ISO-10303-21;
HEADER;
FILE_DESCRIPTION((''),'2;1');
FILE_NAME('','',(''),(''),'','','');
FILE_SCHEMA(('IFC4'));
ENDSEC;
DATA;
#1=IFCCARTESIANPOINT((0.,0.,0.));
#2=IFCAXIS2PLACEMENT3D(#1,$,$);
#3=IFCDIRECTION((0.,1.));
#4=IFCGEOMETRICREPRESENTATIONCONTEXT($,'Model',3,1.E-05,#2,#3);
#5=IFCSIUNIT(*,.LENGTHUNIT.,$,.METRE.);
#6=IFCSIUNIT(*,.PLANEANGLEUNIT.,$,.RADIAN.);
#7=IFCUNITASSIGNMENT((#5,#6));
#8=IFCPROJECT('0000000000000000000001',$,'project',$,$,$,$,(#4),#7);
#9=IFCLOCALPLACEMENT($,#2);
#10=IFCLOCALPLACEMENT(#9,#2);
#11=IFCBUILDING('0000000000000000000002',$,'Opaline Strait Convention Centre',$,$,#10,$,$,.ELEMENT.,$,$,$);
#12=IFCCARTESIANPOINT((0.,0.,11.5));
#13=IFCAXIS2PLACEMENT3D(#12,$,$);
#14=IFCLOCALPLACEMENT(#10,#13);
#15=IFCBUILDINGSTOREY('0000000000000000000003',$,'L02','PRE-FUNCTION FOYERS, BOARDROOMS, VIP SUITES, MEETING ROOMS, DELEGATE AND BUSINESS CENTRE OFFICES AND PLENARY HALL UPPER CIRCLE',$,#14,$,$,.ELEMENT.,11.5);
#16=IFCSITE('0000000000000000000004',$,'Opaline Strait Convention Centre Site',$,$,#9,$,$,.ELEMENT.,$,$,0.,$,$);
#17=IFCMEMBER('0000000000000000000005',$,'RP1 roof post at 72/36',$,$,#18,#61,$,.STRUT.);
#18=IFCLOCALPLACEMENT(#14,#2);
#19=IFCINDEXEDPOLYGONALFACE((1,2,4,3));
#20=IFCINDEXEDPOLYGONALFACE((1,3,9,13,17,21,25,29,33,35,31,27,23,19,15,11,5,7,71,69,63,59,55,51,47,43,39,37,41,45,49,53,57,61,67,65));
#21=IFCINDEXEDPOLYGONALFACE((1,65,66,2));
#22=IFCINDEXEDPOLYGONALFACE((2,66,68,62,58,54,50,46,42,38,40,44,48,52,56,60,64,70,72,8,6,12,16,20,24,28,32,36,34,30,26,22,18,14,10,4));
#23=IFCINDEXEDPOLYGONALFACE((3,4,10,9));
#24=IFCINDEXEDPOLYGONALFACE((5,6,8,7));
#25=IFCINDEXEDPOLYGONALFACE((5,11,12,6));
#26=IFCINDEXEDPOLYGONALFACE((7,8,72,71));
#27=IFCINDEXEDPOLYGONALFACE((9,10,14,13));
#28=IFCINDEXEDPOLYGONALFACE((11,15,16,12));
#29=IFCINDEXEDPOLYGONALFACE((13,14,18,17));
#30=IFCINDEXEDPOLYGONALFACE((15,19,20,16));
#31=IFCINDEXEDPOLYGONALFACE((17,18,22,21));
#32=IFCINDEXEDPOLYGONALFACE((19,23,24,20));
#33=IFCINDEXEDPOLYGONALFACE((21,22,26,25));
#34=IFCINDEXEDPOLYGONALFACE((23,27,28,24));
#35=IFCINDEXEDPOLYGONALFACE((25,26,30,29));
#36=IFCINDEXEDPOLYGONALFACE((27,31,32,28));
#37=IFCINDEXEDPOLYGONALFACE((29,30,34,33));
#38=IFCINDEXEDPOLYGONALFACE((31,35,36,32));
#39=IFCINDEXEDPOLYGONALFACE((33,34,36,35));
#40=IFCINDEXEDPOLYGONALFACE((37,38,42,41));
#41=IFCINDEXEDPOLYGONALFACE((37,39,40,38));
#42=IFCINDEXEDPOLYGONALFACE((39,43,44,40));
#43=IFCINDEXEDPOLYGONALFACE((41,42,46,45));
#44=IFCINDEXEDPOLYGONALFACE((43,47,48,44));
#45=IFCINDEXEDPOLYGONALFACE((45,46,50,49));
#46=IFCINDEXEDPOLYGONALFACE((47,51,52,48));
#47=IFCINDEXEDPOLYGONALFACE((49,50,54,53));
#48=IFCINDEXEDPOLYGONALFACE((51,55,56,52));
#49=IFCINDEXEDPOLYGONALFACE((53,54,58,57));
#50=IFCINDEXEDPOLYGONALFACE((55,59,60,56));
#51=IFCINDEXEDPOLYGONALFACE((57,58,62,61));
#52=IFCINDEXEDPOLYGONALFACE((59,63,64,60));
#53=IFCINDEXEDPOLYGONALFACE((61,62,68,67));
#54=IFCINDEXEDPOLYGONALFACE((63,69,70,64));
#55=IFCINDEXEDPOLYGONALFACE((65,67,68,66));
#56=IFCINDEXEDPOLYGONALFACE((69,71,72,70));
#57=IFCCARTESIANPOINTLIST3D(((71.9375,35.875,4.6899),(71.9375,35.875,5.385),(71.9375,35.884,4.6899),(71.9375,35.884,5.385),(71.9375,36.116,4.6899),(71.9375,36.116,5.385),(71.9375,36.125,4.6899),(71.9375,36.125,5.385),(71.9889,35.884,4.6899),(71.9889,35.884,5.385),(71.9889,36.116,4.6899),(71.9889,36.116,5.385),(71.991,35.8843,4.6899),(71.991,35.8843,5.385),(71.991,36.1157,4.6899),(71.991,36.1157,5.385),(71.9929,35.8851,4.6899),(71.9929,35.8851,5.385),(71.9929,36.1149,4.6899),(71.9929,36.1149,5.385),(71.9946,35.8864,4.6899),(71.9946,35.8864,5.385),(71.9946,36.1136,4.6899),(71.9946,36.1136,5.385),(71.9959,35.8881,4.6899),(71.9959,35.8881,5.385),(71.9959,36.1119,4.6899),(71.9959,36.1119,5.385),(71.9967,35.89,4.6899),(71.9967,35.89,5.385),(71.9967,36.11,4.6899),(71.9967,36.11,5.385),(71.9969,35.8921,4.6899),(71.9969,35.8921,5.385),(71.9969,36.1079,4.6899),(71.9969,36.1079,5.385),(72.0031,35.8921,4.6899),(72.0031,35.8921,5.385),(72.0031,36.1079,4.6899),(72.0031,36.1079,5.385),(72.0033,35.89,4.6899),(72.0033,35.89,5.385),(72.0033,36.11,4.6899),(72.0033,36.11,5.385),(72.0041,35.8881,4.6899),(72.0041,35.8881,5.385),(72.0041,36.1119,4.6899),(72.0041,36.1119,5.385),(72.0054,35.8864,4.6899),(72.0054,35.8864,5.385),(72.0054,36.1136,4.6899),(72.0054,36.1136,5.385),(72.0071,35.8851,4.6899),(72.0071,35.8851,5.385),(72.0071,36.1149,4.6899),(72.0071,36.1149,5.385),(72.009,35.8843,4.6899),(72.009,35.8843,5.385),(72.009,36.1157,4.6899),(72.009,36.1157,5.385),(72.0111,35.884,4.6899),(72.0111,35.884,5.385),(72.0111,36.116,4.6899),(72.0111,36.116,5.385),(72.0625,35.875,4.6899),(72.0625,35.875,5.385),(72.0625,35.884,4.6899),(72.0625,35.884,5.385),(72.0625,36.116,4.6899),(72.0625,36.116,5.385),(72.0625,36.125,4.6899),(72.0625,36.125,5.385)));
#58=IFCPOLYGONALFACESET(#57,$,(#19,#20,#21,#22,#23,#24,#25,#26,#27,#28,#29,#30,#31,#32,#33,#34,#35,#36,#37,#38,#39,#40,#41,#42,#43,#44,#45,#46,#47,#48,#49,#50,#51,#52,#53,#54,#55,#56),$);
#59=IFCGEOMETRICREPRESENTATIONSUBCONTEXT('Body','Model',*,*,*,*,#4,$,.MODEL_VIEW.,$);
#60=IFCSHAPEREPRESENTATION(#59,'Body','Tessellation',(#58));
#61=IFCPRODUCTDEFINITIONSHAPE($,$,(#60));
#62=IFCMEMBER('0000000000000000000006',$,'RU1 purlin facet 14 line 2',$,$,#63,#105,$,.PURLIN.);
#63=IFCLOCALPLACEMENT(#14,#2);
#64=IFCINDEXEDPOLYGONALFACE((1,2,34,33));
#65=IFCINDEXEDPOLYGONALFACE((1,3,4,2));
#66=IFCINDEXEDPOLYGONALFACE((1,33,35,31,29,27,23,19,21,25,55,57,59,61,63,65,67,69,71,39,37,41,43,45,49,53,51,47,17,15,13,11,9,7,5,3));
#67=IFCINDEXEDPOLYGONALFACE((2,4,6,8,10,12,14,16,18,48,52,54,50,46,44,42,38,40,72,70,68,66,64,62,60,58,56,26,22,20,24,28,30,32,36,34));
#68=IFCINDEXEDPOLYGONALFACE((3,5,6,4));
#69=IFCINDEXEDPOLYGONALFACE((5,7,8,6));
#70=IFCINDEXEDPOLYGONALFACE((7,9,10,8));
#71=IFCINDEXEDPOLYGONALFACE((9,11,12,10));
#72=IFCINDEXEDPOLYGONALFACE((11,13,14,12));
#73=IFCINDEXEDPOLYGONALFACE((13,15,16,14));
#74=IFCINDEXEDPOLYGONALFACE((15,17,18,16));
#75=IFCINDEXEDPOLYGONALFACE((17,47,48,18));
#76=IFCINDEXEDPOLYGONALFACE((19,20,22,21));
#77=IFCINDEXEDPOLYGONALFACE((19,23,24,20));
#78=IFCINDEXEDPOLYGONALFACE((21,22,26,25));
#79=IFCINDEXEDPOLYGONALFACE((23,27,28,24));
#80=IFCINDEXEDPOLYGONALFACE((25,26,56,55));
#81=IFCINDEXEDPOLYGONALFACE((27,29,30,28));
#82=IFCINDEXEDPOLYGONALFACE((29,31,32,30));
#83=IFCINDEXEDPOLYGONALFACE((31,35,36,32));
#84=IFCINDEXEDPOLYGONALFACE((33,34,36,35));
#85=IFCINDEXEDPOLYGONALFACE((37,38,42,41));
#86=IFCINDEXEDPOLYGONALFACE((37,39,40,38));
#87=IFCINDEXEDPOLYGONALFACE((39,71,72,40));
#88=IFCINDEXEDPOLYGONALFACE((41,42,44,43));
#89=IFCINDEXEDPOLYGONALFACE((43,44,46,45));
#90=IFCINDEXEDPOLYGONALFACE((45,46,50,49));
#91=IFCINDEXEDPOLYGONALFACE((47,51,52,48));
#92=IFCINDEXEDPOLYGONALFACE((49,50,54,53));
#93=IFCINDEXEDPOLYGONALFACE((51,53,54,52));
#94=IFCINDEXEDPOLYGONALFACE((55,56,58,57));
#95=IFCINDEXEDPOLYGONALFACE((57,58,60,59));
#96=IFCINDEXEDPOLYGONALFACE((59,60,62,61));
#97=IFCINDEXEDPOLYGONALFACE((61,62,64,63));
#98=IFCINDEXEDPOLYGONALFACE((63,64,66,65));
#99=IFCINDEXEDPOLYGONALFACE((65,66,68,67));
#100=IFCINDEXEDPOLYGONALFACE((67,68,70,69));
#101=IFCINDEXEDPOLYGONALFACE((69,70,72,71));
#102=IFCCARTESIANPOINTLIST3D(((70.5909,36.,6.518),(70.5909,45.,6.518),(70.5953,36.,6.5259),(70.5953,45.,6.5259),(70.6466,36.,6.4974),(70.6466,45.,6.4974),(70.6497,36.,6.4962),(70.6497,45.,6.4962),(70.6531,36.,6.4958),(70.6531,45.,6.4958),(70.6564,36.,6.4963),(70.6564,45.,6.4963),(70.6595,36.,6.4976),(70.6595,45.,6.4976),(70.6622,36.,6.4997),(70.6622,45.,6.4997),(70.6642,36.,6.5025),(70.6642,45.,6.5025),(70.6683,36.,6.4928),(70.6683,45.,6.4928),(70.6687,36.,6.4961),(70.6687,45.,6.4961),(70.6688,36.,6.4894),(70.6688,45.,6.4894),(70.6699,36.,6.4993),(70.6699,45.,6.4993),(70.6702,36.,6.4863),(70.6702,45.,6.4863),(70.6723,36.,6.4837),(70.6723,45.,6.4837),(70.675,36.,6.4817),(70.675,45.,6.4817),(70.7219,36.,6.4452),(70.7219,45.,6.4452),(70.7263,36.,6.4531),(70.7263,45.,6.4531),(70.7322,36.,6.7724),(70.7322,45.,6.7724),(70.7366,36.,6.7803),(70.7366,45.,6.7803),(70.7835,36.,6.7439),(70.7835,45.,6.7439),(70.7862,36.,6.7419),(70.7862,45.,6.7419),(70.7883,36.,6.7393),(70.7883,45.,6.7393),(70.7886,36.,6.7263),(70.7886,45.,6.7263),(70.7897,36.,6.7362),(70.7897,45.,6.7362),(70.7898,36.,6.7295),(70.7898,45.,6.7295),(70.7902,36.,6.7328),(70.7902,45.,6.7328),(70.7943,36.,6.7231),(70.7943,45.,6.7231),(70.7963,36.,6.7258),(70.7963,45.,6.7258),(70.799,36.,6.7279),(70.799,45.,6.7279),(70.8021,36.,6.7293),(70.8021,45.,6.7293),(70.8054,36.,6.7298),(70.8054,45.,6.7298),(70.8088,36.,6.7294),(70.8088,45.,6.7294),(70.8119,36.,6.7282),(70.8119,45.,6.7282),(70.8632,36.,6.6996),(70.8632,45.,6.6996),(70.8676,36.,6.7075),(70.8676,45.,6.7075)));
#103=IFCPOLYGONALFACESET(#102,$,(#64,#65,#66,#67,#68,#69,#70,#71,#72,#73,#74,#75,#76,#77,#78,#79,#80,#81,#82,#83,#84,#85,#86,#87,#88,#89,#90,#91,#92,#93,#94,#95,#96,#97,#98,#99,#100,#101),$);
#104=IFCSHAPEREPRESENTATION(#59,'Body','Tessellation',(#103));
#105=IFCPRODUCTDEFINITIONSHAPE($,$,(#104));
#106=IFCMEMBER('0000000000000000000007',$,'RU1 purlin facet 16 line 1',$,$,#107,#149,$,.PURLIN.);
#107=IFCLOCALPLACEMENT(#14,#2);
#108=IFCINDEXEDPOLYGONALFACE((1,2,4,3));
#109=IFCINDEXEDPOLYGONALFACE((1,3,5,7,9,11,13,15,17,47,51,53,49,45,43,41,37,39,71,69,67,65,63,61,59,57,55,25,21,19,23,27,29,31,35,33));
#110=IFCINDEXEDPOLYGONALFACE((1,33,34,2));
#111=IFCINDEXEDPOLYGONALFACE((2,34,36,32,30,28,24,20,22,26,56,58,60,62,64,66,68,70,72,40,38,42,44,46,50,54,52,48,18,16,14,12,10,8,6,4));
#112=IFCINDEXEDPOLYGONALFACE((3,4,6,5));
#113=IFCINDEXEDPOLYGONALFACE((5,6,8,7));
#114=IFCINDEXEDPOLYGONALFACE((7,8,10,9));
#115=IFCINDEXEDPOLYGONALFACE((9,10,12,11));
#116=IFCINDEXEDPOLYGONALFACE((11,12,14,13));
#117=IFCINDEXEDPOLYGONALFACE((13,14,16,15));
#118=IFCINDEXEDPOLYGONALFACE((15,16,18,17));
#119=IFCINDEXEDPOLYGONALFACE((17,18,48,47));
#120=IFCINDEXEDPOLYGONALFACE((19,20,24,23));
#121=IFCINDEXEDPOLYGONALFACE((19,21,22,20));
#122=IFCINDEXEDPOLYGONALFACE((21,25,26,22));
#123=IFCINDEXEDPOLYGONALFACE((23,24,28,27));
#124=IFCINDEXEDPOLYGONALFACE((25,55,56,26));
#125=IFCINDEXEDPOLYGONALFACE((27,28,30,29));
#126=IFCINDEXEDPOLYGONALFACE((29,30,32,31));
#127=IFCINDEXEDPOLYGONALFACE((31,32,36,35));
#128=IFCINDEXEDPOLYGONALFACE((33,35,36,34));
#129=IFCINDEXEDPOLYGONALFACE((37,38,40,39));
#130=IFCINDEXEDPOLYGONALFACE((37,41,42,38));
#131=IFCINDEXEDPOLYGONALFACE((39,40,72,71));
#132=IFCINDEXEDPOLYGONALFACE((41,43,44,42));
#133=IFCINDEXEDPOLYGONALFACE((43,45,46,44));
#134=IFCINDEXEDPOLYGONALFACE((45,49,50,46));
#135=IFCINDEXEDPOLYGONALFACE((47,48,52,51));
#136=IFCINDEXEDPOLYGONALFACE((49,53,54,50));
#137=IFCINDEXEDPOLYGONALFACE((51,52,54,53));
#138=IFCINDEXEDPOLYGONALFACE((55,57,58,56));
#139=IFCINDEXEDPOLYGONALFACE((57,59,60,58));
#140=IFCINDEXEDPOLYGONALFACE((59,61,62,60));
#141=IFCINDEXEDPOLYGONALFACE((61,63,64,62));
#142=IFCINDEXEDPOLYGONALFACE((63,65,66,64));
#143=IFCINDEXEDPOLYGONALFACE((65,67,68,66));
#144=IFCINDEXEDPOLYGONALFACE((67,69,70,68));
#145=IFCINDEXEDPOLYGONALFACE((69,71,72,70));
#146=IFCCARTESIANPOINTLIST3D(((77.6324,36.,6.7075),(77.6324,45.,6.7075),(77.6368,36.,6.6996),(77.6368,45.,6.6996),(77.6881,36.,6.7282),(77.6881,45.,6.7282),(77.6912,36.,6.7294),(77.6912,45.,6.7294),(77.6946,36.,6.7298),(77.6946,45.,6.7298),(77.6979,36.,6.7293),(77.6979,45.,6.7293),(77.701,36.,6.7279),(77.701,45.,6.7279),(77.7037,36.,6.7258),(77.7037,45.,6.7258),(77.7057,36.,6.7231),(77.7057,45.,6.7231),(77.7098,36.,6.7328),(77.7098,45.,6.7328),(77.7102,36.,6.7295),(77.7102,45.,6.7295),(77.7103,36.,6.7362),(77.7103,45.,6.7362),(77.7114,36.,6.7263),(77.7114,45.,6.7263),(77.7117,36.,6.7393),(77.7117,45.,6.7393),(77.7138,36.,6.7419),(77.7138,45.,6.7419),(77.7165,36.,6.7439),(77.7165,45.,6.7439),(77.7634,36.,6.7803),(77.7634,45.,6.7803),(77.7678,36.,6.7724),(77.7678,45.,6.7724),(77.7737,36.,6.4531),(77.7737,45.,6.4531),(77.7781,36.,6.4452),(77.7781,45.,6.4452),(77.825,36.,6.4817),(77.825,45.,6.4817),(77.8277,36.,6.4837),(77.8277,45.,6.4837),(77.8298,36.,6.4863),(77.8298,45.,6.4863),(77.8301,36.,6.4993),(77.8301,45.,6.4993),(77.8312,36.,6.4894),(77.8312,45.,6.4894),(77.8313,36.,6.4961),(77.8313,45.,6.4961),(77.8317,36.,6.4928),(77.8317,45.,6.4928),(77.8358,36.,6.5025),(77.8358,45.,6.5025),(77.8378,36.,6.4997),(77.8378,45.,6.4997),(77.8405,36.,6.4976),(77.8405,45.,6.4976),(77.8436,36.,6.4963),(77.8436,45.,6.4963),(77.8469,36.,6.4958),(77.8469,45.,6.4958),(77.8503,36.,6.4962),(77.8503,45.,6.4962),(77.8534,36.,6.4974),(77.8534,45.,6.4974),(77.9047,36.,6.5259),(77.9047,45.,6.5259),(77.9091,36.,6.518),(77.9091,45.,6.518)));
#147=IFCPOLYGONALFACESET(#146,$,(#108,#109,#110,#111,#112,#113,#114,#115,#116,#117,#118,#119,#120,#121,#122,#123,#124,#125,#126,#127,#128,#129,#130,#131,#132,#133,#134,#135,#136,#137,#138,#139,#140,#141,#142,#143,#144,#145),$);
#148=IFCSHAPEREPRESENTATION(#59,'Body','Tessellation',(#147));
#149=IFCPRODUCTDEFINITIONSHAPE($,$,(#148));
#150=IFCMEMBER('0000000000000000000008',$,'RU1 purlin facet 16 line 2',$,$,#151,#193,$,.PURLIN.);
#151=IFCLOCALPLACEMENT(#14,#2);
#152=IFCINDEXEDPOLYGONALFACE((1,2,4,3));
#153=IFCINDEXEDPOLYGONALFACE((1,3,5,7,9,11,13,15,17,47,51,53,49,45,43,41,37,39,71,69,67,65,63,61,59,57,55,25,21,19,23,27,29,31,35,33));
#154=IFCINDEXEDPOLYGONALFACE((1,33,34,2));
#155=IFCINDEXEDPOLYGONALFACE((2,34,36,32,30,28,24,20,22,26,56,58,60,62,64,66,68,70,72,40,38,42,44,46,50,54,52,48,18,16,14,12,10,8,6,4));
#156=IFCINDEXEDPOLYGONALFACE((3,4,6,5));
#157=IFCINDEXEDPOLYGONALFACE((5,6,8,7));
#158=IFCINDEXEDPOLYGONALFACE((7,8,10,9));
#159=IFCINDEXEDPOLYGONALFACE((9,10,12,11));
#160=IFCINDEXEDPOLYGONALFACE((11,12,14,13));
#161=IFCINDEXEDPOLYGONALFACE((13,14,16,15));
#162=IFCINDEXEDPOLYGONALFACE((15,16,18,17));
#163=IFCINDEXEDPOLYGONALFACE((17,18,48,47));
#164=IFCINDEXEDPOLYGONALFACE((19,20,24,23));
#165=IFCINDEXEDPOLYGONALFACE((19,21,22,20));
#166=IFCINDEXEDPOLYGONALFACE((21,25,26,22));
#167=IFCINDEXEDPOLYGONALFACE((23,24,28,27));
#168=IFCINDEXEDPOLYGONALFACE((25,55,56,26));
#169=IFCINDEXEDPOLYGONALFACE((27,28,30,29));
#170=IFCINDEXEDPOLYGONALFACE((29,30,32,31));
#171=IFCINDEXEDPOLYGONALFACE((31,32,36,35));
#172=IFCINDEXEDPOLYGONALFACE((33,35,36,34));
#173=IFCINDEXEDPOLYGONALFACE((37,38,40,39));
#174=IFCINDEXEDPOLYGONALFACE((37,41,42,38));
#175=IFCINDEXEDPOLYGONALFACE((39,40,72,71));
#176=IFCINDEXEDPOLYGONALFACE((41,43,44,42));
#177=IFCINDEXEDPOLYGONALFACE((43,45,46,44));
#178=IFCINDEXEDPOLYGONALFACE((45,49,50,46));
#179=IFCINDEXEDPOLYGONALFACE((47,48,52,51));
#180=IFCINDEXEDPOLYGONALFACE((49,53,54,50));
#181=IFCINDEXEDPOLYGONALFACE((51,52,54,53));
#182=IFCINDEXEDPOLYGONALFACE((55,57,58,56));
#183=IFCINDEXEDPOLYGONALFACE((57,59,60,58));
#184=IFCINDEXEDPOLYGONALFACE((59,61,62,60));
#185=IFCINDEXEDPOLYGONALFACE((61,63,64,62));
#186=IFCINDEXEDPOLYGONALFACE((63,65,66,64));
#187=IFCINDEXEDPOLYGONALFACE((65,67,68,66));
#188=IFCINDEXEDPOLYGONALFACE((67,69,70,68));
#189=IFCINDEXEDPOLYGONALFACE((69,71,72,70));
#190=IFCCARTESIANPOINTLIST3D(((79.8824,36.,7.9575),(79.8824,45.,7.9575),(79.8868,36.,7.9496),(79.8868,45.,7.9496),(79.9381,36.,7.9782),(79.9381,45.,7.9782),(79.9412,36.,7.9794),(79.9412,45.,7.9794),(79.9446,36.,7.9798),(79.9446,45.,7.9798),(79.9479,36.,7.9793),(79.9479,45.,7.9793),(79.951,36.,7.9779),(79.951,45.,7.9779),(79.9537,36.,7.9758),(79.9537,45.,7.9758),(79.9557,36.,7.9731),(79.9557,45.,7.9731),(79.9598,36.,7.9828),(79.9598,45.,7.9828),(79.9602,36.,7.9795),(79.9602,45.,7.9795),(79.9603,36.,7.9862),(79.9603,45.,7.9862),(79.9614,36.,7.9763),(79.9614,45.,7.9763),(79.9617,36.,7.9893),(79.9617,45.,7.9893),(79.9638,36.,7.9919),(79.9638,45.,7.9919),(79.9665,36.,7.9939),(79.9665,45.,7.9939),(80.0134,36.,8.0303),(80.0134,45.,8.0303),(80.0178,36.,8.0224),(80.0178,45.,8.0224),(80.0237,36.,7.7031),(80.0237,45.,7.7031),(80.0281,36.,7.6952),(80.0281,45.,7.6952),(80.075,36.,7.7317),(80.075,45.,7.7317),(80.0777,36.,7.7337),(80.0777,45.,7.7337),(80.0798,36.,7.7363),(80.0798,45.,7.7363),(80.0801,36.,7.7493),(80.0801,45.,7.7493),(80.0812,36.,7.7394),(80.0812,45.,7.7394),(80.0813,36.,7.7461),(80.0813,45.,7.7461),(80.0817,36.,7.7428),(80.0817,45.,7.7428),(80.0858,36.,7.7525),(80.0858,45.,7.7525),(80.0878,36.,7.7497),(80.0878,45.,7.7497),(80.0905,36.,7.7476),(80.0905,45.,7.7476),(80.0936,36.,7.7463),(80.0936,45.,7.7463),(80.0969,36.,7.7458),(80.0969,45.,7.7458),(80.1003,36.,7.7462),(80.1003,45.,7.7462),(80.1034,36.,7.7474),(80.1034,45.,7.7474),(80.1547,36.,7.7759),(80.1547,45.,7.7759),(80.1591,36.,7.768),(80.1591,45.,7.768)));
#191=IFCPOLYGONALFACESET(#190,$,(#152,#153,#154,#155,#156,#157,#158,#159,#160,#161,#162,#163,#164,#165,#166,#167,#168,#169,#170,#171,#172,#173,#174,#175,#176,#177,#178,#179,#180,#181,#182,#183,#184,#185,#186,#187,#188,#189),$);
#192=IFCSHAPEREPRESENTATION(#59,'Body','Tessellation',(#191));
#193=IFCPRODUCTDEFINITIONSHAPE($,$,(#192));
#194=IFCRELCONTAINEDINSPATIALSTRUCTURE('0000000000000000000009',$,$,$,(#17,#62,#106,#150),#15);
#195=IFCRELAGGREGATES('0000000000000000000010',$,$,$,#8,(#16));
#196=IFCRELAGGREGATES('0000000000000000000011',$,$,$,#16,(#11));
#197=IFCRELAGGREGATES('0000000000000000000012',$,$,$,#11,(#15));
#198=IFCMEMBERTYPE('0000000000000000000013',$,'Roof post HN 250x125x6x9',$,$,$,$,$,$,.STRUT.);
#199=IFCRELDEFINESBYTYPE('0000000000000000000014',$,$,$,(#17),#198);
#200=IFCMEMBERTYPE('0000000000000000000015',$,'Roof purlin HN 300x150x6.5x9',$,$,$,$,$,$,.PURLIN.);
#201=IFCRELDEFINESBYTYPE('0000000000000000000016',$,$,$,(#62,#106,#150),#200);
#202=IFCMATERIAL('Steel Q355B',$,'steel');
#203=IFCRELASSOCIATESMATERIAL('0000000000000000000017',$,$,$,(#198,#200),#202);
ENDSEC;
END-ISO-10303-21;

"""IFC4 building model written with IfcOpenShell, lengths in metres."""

from ifc_helpers import new_model, si_unit, direction, frame, origin, origin_2d, place, context, subcontext, project, spatial, i_section, extrude, material, material_profile, profile_set, type_object, element, save


model = new_model("IFC4")

# Units and contexts
model_context = context("Model", 3, precision=1e-05, world=origin(), true_north=direction((0.0, 1.0)))
body_context = subcontext(model_context, "Body", "Model", "MODEL_VIEW")
ifc_project = project(units=[si_unit("LENGTHUNIT", "METRE"), si_unit("PLANEANGLEUNIT", "RADIAN")], contexts=[model_context])

# Site, building, storey
site_placement = place(None, origin())
site = spatial("IfcSite", under=ifc_project, at=site_placement, Name="Opaline Strait Convention Centre Site", CompositionType="ELEMENT", RefElevation=0.0)
building_placement = place(site_placement, origin())
building = spatial("IfcBuilding", under=site, at=building_placement, Name="Opaline Strait Convention Centre", CompositionType="ELEMENT")
storey_placement = place(building_placement, frame((0.0, 0.0, 11.5)))
storey = spatial("IfcBuildingStorey", under=building, at=storey_placement, Name="L02", Description="PRE-FUNCTION FOYERS, BOARDROOMS, VIP SUITES, MEETING ROOMS, DELEGATE AND BUSINESS CENTRE OFFICES AND PLENARY HALL UPPER CIRCLE", CompositionType="ELEMENT", Elevation=11.5)

# Shared definitions
ifc_material_1 = material(Name="Steel Q355B", Category="steel")

# Members
ifc_material_profile_1 = material_profile(ifc_material_1, i_section(OverallWidth=0.125, OverallDepth=0.25, WebThickness=0.0061, FlangeThickness=0.009, FilletRadius=0.0081, at=origin_2d()), Name="HN 250x125x6x9")
ifc_profile_set_1 = profile_set([ifc_material_profile_1], Name="Steel Q355B")
member_type_1 = type_object("IfcMemberType", Name="Roof post HN 250x125x6x9", PredefinedType="STRUT", material=ifc_profile_set_1)
member_1_placement = place(storey_placement, frame((72.0, 36.0, 4.6899), z_axis=(0.0, 0.0, 1.0), x_axis=(1.0, 0.0, 0.0)))
element("IfcMember", 1, at=member_1_placement, inside=storey, type_object=member_type_1, Name="RP1 roof post at 72/36", PredefinedType="STRUT", context=body_context, shape_type="SweptSolid", body=[
    extrude(i_section(OverallWidth=0.125, OverallDepth=0.25, WebThickness=0.0061, FlangeThickness=0.009, FilletRadius=0.0081, at=origin_2d()), origin(), (0.0, 0.0, 1.0), 0.6951),
])
ifc_material_profile_2 = material_profile(ifc_material_1, i_section(OverallWidth=0.1499, OverallDepth=0.3, WebThickness=0.0066, FlangeThickness=0.009, FilletRadius=0.0129, at=origin_2d()), Name="HN 300x150x6.5x9")
ifc_profile_set_2 = profile_set([ifc_material_profile_2], Name="Steel Q355B")
member_type_2 = type_object("IfcMemberType", Name="Roof purlin HN 300x150x6.5x9", PredefinedType="PURLIN", material=ifc_profile_set_2)
for number, where, z_axis, x_axis, name in (
    (2, (70.7292, 36.0, 6.6128), (0.0, 1.0, 0.0), (-0.874157, 0.0, 0.485643), "RU1 purlin facet 14 line 2"),
    (3, (77.7708, 36.0, 6.6128), (0.0, 1.0, 0.0), (-0.874157, 0.0, -0.485643), "RU1 purlin facet 16 line 1"),
    (4, (80.0208, 36.0, 7.8628), (0.0, 1.0, 0.0), (-0.874157, 0.0, -0.485643), "RU1 purlin facet 16 line 2"),
):
    element("IfcMember", number, at=place(storey_placement, frame(where, z_axis=z_axis, x_axis=x_axis)), inside=storey, type_object=member_type_2, Name=name, PredefinedType="PURLIN", context=body_context, shape_type="SweptSolid", body=[
        extrude(i_section(OverallWidth=0.1499, OverallDepth=0.3, WebThickness=0.0066, FlangeThickness=0.009, FilletRadius=0.0129, at=origin_2d()), origin(), (0.0, 0.0, 1.0), 9.0),
    ])

save(model, "model.ifc")
